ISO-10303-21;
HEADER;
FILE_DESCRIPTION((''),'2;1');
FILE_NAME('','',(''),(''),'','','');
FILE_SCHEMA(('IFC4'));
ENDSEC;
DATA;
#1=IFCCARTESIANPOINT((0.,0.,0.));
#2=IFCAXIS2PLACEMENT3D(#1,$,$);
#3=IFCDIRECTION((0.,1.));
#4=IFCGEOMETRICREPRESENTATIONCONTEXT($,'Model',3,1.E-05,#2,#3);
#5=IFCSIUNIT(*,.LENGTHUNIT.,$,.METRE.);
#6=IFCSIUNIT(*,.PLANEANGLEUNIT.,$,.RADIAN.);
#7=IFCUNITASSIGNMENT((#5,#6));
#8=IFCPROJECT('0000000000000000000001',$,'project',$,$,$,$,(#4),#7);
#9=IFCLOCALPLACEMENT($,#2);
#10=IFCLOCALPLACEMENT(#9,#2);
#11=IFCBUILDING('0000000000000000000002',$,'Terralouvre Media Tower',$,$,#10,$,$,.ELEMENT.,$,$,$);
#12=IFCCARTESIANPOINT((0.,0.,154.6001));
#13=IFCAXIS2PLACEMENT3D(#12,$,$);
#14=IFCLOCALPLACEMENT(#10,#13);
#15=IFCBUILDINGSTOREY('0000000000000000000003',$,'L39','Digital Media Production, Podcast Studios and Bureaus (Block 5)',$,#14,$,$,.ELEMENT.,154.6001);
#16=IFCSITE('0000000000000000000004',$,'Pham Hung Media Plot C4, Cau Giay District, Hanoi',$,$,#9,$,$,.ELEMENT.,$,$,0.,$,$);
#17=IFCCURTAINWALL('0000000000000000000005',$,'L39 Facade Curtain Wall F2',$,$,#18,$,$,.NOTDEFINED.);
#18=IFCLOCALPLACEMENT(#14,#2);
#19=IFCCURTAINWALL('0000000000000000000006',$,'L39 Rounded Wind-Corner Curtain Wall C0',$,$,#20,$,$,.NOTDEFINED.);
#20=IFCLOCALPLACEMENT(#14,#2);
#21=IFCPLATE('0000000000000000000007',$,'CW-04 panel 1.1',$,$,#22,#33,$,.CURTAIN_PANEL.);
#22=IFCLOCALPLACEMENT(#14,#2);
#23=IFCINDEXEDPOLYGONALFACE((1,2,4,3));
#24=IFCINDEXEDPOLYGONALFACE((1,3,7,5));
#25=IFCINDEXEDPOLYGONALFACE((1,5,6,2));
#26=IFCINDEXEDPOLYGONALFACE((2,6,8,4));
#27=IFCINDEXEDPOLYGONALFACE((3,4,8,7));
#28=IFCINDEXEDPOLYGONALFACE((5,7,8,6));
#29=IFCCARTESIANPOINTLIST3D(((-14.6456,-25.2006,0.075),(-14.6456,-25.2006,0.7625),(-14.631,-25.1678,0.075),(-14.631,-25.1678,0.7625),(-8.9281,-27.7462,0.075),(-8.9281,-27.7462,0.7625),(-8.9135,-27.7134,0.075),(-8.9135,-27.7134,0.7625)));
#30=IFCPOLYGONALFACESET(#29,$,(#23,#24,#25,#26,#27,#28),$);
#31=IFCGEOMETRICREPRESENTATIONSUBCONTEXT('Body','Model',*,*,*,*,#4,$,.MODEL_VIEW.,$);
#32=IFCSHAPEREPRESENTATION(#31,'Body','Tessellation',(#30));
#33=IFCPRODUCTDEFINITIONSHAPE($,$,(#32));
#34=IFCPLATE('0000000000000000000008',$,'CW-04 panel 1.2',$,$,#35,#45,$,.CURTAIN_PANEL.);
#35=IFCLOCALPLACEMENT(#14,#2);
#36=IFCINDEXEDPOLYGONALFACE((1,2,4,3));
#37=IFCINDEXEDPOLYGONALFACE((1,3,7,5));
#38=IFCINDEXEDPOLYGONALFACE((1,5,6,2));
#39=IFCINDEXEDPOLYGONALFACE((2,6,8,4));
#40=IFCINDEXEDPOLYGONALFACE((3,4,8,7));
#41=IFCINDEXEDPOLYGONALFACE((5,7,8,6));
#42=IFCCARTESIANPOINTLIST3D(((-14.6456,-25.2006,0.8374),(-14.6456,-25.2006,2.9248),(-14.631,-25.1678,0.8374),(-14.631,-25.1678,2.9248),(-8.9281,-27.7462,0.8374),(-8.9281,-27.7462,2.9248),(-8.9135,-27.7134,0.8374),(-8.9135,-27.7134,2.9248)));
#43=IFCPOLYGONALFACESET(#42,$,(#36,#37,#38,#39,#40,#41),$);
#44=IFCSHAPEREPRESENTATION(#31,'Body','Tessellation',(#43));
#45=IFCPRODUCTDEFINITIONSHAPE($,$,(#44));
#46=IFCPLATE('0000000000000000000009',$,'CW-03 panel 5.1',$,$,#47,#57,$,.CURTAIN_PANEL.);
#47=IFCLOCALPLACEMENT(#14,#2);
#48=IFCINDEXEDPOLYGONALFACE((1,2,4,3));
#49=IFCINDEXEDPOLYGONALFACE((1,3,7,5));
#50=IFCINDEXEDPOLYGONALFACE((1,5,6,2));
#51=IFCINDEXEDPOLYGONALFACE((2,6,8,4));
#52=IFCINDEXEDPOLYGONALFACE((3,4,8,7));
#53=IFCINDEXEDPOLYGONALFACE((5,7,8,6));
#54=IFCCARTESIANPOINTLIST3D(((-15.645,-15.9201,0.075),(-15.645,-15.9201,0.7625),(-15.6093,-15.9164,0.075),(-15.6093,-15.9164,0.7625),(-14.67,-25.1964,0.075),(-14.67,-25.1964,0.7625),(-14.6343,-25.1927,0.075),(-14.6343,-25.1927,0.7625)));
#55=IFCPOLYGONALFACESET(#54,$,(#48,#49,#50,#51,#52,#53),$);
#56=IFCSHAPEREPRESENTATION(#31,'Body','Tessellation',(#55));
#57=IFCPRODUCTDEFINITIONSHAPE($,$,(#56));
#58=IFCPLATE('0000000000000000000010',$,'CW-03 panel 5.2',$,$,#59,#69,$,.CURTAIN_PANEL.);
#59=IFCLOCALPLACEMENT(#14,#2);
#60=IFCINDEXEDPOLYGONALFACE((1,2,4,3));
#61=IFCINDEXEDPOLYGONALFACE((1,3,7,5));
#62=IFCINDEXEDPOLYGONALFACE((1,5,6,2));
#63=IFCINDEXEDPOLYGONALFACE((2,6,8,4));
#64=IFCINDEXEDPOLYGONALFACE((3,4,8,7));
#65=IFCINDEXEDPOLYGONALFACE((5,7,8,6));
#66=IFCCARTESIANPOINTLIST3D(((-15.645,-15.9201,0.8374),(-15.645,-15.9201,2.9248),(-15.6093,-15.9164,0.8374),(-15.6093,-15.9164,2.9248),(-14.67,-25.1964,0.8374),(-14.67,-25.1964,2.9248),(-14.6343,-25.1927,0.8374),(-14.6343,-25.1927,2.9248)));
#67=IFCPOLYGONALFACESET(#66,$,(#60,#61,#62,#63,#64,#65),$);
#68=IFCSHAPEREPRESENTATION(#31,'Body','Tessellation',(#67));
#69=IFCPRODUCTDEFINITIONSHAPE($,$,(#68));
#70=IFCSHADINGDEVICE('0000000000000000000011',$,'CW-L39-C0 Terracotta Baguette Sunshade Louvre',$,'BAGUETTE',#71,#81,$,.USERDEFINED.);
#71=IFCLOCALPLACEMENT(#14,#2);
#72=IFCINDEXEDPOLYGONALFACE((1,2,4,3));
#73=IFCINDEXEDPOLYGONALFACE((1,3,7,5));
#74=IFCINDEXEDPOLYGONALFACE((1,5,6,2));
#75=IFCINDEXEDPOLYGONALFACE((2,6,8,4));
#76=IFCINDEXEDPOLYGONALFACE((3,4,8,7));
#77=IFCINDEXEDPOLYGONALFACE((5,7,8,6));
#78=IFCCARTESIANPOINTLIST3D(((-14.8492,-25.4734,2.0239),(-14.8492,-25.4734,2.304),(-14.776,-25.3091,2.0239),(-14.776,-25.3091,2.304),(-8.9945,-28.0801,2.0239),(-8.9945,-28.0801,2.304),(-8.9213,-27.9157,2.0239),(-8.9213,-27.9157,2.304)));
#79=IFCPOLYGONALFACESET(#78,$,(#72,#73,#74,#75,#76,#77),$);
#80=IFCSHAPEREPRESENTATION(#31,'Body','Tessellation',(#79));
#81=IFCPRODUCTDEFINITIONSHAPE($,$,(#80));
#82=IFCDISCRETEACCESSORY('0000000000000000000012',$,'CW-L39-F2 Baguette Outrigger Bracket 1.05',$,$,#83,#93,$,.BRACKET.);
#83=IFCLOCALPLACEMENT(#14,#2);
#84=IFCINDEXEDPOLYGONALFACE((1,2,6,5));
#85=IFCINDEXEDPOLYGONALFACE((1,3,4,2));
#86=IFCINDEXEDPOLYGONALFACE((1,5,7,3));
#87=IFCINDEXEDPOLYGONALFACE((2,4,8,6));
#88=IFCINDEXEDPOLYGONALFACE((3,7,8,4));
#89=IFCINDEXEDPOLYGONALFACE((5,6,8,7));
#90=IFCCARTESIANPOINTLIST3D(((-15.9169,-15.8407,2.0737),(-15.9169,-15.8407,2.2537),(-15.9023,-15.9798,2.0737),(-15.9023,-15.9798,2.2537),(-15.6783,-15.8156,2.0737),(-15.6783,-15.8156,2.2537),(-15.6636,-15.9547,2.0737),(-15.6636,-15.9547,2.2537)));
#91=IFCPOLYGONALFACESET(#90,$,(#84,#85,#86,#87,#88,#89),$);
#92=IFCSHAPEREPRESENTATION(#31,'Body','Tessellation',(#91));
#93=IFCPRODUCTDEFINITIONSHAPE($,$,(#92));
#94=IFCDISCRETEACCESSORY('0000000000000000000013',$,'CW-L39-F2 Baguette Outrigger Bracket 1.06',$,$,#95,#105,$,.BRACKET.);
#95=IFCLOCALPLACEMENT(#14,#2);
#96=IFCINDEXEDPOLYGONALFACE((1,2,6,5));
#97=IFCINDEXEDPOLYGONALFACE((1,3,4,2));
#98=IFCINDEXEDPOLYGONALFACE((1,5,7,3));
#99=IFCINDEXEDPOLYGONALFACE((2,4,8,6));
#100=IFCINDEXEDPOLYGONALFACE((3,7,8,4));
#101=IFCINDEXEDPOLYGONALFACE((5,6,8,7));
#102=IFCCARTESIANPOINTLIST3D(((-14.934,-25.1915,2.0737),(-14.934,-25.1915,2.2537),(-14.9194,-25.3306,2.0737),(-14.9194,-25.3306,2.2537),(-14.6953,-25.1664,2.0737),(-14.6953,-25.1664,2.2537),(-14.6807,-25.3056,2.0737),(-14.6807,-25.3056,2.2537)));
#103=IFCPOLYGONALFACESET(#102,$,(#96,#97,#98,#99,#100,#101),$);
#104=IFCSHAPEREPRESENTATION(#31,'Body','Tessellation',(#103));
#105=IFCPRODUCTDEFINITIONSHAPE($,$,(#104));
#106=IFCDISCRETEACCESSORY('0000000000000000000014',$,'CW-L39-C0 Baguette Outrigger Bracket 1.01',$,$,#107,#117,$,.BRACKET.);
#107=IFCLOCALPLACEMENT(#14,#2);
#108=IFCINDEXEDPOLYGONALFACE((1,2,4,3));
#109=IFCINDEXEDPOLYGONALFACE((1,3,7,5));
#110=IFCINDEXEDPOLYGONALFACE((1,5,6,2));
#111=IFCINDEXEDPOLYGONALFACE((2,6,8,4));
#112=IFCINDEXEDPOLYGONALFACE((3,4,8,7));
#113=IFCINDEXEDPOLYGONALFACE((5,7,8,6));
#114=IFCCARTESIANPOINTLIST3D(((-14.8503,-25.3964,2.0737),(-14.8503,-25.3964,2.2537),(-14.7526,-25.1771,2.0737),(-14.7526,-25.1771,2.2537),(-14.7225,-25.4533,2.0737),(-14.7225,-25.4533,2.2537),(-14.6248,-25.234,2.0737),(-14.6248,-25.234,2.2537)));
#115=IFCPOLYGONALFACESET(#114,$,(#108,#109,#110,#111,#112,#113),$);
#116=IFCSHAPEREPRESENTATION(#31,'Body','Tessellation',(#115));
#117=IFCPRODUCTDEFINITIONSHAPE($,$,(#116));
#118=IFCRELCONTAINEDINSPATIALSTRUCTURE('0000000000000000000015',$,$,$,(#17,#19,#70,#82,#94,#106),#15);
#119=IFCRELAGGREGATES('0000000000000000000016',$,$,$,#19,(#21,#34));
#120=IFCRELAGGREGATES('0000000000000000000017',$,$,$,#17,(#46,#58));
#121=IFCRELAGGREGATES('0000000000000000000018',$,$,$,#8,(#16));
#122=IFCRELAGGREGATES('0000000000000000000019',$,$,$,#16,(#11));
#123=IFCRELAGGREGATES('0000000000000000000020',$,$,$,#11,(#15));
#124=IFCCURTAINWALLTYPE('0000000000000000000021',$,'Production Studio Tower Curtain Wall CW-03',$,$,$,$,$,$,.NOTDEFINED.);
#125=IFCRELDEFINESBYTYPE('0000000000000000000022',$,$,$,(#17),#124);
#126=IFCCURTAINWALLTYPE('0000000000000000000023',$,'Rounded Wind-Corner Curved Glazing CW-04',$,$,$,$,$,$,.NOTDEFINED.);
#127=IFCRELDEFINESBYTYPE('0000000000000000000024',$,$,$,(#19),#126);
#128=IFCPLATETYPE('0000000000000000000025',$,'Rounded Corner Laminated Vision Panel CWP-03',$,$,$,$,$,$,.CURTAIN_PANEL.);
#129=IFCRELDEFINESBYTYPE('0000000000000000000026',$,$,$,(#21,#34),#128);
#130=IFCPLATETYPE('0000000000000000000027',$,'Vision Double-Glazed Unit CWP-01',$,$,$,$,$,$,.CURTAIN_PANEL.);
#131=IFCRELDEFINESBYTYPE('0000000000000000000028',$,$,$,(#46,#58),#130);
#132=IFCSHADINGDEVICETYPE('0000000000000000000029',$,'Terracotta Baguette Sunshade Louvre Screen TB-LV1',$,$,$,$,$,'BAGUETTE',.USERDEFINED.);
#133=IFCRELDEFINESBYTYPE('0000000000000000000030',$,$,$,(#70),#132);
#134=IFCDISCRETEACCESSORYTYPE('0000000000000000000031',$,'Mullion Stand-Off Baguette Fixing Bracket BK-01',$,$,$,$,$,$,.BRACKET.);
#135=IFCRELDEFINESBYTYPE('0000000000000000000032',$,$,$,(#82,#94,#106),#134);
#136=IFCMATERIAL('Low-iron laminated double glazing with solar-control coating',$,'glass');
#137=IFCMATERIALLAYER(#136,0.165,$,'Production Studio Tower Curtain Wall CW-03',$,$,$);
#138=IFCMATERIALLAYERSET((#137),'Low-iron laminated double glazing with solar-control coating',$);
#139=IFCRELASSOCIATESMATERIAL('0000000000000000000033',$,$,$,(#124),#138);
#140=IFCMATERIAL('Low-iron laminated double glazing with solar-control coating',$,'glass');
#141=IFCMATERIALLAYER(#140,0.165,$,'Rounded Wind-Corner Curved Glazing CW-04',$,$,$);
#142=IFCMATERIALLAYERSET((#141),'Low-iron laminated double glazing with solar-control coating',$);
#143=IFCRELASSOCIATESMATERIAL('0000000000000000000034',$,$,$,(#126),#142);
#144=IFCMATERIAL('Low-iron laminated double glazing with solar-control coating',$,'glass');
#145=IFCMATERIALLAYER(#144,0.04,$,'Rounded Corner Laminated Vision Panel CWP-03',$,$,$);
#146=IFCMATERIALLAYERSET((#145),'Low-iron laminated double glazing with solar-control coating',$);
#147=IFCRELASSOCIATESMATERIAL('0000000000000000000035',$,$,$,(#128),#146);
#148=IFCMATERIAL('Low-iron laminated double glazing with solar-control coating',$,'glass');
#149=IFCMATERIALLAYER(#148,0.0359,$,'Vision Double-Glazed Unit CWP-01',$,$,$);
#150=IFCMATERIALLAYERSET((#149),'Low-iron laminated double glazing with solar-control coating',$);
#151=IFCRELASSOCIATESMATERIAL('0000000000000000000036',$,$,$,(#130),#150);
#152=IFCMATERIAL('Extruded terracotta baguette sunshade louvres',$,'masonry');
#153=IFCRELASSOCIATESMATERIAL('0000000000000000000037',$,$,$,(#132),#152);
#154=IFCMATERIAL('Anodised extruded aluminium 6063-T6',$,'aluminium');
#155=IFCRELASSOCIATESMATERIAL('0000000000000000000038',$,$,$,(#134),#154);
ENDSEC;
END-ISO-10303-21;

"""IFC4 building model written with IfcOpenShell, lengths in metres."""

from ifc_helpers import new_model, si_unit, direction, frame, origin, origin_2d, place, context, subcontext, project, spatial, rectangle, extrude, material, layer, layer_set, type_object, element, aggregate, save


model = new_model("IFC4")

# Units and contexts
model_context = context("Model", 3, precision=1e-05, world=origin(), true_north=direction((0.0, 1.0)))
body_context = subcontext(model_context, "Body", "Model", "MODEL_VIEW")
ifc_project = project(units=[si_unit("LENGTHUNIT", "METRE"), si_unit("PLANEANGLEUNIT", "RADIAN")], contexts=[model_context])

# Site, building, storey
site_placement = place(None, origin())
site = spatial("IfcSite", under=ifc_project, at=site_placement, Name="Pham Hung Media Plot C4, Cau Giay District, Hanoi", CompositionType="ELEMENT", RefElevation=0.0)
building_placement = place(site_placement, origin())
building = spatial("IfcBuilding", under=site, at=building_placement, Name="Terralouvre Media Tower", CompositionType="ELEMENT")
storey_placement = place(building_placement, frame((0.0, 0.0, 154.6001)))
storey = spatial("IfcBuildingStorey", under=building, at=storey_placement, Name="L39", Description="Digital Media Production, Podcast Studios and Bureaus (Block 5)", CompositionType="ELEMENT", Elevation=154.6001)

# Curtain walls
ifc_material_1 = material(Name="Low-iron laminated double glazing with solar-control coating", Category="glass")
ifc_layer_1 = layer(ifc_material_1, 0.165, Name="Production Studio Tower Curtain Wall CW-03")
ifc_layer_set_1 = layer_set([ifc_layer_1], Name="Low-iron laminated double glazing with solar-control coating")
curtain_wall_type_1 = type_object("IfcCurtainWallType", Name="Production Studio Tower Curtain Wall CW-03", PredefinedType="NOTDEFINED", material=ifc_layer_set_1)
curtain_wall_1_placement = place(storey_placement, origin())
curtain_wall_1 = element("IfcCurtainWall", 1, at=curtain_wall_1_placement, inside=storey, type_object=curtain_wall_type_1, Name="L39 Facade Curtain Wall F2", PredefinedType="NOTDEFINED")
ifc_material_2 = material(Name="Low-iron laminated double glazing with solar-control coating", Category="glass")
ifc_layer_2 = layer(ifc_material_2, 0.165, Name="Rounded Wind-Corner Curved Glazing CW-04")
ifc_layer_set_2 = layer_set([ifc_layer_2], Name="Low-iron laminated double glazing with solar-control coating")
curtain_wall_type_2 = type_object("IfcCurtainWallType", Name="Rounded Wind-Corner Curved Glazing CW-04", PredefinedType="NOTDEFINED", material=ifc_layer_set_2)
curtain_wall_2_placement = place(storey_placement, origin())
curtain_wall_2 = element("IfcCurtainWall", 2, at=curtain_wall_2_placement, inside=storey, type_object=curtain_wall_type_2, Name="L39 Rounded Wind-Corner Curtain Wall C0", PredefinedType="NOTDEFINED")

# Plates
ifc_material_3 = material(Name="Low-iron laminated double glazing with solar-control coating", Category="glass")
ifc_layer_3 = layer(ifc_material_3, 0.04, Name="Rounded Corner Laminated Vision Panel CWP-03")
ifc_layer_set_3 = layer_set([ifc_layer_3], Name="Low-iron laminated double glazing with solar-control coating")
plate_type_1 = type_object("IfcPlateType", Name="Rounded Corner Laminated Vision Panel CWP-03", PredefinedType="CURTAIN_PANEL", material=ifc_layer_set_3)
plate_1_placement = place(storey_placement, frame((-11.7795, -26.457, 0.075), z_axis=(0.0, 0.0, 1.0), x_axis=(0.913545, -0.406737, 0.0)))
plate_1 = element("IfcPlate", 3, at=plate_1_placement, type_object=plate_type_1, Name="CW-04 panel 1.1", PredefinedType="CURTAIN_PANEL", context=body_context, shape_type="SweptSolid", body=[
    extrude(rectangle(XDim=6.2585, YDim=0.0359, at=origin_2d()), origin(), (0.0, 0.0, 1.0), 0.6875),
])
plate_2_placement = place(storey_placement, frame((-11.7795, -26.457, 0.8374), z_axis=(0.0, 0.0, 1.0), x_axis=(0.913545, -0.406737, 0.0)))
plate_2 = element("IfcPlate", 4, at=plate_2_placement, type_object=plate_type_1, Name="CW-04 panel 1.2", PredefinedType="CURTAIN_PANEL", context=body_context, shape_type="SweptSolid", body=[
    extrude(rectangle(XDim=6.2585, YDim=0.0359, at=origin_2d()), origin(), (0.0, 0.0, 1.0), 2.0874),
])
aggregate(curtain_wall_2, [plate_1, plate_2])
ifc_material_4 = material(Name="Low-iron laminated double glazing with solar-control coating", Category="glass")
ifc_layer_4 = layer(ifc_material_4, 0.0359, Name="Vision Double-Glazed Unit CWP-01")
ifc_layer_set_4 = layer_set([ifc_layer_4], Name="Low-iron laminated double glazing with solar-control coating")
plate_type_2 = type_object("IfcPlateType", Name="Vision Double-Glazed Unit CWP-01", PredefinedType="CURTAIN_PANEL", material=ifc_layer_set_4)
plate_3_placement = place(storey_placement, frame((-15.1396, -20.5564, 0.075), z_axis=(0.0, 0.0, 1.0), x_axis=(0.104528, -0.994522, 0.0)))
plate_3 = element("IfcPlate", 5, at=plate_3_placement, type_object=plate_type_2, Name="CW-03 panel 5.1", PredefinedType="CURTAIN_PANEL", context=body_context, shape_type="SweptSolid", body=[
    extrude(rectangle(XDim=9.3274, YDim=0.0359, at=origin_2d()), origin(), (0.0, 0.0, 1.0), 0.6875),
])
plate_4_placement = place(storey_placement, frame((-15.1396, -20.5564, 0.8374), z_axis=(0.0, 0.0, 1.0), x_axis=(0.104528, -0.994522, 0.0)))
plate_4 = element("IfcPlate", 6, at=plate_4_placement, type_object=plate_type_2, Name="CW-03 panel 5.2", PredefinedType="CURTAIN_PANEL", context=body_context, shape_type="SweptSolid", body=[
    extrude(rectangle(XDim=9.3274, YDim=0.0359, at=origin_2d()), origin(), (0.0, 0.0, 1.0), 2.0874),
])
aggregate(curtain_wall_1, [plate_3, plate_4])

# Shading device
ifc_material_5 = material(Name="Extruded terracotta baguette sunshade louvres", Category="masonry")
shading_device_type = type_object("IfcShadingDeviceType", Name="Terracotta Baguette Sunshade Louvre Screen TB-LV1", ElementType="BAGUETTE", PredefinedType="USERDEFINED", material=ifc_material_5)
shading_device_placement = place(storey_placement, frame((-11.8853, -26.6946, 2.0239), z_axis=(0.0, 0.0, 1.0), x_axis=(0.913545, -0.406737, 0.0)))
element("IfcShadingDevice", 7, at=shading_device_placement, inside=storey, type_object=shading_device_type, Name="CW-L39-C0 Terracotta Baguette Sunshade Louvre", ObjectType="BAGUETTE", PredefinedType="USERDEFINED", context=body_context, shape_type="SweptSolid", body=[
    extrude(rectangle(XDim=6.4087, YDim=0.1799, at=origin_2d()), origin(), (0.0, 0.0, 1.0), 0.28),
])

# Discrete accessories
ifc_material_6 = material(Name="Anodised extruded aluminium 6063-T6", Category="aluminium")
discrete_accessory_type = type_object("IfcDiscreteAccessoryType", Name="Mullion Stand-Off Baguette Fixing Bracket BK-01", PredefinedType="BRACKET", material=ifc_material_6)
for number, where, z_axis, x_axis, name in (
    (8, (-15.7903, -15.8977, 2.0737), (0.0, 0.0, 1.0), (0.104528, -0.994522, 0.0), "CW-L39-F2 Baguette Outrigger Bracket 1.05"),
    (9, (-14.8074, -25.2485, 2.0737), (0.0, 0.0, 1.0), (0.104528, -0.994522, 0.0), "CW-L39-F2 Baguette Outrigger Bracket 1.06"),
    (10, (-14.7375, -25.3152, 2.0737), (0.0, 0.0, 1.0), (0.913545, -0.406737, 0.0), "CW-L39-C0 Baguette Outrigger Bracket 1.01"),
):
    element("IfcDiscreteAccessory", number, at=place(storey_placement, frame(where, z_axis=z_axis, x_axis=x_axis)), inside=storey, type_object=discrete_accessory_type, Name=name, PredefinedType="BRACKET", context=body_context, shape_type="SweptSolid", body=[
        extrude(rectangle(XDim=0.1399, YDim=0.24, at=origin_2d()), origin(), (0.0, 0.0, 1.0), 0.1799),
    ])

save(model, "model.ifc")
